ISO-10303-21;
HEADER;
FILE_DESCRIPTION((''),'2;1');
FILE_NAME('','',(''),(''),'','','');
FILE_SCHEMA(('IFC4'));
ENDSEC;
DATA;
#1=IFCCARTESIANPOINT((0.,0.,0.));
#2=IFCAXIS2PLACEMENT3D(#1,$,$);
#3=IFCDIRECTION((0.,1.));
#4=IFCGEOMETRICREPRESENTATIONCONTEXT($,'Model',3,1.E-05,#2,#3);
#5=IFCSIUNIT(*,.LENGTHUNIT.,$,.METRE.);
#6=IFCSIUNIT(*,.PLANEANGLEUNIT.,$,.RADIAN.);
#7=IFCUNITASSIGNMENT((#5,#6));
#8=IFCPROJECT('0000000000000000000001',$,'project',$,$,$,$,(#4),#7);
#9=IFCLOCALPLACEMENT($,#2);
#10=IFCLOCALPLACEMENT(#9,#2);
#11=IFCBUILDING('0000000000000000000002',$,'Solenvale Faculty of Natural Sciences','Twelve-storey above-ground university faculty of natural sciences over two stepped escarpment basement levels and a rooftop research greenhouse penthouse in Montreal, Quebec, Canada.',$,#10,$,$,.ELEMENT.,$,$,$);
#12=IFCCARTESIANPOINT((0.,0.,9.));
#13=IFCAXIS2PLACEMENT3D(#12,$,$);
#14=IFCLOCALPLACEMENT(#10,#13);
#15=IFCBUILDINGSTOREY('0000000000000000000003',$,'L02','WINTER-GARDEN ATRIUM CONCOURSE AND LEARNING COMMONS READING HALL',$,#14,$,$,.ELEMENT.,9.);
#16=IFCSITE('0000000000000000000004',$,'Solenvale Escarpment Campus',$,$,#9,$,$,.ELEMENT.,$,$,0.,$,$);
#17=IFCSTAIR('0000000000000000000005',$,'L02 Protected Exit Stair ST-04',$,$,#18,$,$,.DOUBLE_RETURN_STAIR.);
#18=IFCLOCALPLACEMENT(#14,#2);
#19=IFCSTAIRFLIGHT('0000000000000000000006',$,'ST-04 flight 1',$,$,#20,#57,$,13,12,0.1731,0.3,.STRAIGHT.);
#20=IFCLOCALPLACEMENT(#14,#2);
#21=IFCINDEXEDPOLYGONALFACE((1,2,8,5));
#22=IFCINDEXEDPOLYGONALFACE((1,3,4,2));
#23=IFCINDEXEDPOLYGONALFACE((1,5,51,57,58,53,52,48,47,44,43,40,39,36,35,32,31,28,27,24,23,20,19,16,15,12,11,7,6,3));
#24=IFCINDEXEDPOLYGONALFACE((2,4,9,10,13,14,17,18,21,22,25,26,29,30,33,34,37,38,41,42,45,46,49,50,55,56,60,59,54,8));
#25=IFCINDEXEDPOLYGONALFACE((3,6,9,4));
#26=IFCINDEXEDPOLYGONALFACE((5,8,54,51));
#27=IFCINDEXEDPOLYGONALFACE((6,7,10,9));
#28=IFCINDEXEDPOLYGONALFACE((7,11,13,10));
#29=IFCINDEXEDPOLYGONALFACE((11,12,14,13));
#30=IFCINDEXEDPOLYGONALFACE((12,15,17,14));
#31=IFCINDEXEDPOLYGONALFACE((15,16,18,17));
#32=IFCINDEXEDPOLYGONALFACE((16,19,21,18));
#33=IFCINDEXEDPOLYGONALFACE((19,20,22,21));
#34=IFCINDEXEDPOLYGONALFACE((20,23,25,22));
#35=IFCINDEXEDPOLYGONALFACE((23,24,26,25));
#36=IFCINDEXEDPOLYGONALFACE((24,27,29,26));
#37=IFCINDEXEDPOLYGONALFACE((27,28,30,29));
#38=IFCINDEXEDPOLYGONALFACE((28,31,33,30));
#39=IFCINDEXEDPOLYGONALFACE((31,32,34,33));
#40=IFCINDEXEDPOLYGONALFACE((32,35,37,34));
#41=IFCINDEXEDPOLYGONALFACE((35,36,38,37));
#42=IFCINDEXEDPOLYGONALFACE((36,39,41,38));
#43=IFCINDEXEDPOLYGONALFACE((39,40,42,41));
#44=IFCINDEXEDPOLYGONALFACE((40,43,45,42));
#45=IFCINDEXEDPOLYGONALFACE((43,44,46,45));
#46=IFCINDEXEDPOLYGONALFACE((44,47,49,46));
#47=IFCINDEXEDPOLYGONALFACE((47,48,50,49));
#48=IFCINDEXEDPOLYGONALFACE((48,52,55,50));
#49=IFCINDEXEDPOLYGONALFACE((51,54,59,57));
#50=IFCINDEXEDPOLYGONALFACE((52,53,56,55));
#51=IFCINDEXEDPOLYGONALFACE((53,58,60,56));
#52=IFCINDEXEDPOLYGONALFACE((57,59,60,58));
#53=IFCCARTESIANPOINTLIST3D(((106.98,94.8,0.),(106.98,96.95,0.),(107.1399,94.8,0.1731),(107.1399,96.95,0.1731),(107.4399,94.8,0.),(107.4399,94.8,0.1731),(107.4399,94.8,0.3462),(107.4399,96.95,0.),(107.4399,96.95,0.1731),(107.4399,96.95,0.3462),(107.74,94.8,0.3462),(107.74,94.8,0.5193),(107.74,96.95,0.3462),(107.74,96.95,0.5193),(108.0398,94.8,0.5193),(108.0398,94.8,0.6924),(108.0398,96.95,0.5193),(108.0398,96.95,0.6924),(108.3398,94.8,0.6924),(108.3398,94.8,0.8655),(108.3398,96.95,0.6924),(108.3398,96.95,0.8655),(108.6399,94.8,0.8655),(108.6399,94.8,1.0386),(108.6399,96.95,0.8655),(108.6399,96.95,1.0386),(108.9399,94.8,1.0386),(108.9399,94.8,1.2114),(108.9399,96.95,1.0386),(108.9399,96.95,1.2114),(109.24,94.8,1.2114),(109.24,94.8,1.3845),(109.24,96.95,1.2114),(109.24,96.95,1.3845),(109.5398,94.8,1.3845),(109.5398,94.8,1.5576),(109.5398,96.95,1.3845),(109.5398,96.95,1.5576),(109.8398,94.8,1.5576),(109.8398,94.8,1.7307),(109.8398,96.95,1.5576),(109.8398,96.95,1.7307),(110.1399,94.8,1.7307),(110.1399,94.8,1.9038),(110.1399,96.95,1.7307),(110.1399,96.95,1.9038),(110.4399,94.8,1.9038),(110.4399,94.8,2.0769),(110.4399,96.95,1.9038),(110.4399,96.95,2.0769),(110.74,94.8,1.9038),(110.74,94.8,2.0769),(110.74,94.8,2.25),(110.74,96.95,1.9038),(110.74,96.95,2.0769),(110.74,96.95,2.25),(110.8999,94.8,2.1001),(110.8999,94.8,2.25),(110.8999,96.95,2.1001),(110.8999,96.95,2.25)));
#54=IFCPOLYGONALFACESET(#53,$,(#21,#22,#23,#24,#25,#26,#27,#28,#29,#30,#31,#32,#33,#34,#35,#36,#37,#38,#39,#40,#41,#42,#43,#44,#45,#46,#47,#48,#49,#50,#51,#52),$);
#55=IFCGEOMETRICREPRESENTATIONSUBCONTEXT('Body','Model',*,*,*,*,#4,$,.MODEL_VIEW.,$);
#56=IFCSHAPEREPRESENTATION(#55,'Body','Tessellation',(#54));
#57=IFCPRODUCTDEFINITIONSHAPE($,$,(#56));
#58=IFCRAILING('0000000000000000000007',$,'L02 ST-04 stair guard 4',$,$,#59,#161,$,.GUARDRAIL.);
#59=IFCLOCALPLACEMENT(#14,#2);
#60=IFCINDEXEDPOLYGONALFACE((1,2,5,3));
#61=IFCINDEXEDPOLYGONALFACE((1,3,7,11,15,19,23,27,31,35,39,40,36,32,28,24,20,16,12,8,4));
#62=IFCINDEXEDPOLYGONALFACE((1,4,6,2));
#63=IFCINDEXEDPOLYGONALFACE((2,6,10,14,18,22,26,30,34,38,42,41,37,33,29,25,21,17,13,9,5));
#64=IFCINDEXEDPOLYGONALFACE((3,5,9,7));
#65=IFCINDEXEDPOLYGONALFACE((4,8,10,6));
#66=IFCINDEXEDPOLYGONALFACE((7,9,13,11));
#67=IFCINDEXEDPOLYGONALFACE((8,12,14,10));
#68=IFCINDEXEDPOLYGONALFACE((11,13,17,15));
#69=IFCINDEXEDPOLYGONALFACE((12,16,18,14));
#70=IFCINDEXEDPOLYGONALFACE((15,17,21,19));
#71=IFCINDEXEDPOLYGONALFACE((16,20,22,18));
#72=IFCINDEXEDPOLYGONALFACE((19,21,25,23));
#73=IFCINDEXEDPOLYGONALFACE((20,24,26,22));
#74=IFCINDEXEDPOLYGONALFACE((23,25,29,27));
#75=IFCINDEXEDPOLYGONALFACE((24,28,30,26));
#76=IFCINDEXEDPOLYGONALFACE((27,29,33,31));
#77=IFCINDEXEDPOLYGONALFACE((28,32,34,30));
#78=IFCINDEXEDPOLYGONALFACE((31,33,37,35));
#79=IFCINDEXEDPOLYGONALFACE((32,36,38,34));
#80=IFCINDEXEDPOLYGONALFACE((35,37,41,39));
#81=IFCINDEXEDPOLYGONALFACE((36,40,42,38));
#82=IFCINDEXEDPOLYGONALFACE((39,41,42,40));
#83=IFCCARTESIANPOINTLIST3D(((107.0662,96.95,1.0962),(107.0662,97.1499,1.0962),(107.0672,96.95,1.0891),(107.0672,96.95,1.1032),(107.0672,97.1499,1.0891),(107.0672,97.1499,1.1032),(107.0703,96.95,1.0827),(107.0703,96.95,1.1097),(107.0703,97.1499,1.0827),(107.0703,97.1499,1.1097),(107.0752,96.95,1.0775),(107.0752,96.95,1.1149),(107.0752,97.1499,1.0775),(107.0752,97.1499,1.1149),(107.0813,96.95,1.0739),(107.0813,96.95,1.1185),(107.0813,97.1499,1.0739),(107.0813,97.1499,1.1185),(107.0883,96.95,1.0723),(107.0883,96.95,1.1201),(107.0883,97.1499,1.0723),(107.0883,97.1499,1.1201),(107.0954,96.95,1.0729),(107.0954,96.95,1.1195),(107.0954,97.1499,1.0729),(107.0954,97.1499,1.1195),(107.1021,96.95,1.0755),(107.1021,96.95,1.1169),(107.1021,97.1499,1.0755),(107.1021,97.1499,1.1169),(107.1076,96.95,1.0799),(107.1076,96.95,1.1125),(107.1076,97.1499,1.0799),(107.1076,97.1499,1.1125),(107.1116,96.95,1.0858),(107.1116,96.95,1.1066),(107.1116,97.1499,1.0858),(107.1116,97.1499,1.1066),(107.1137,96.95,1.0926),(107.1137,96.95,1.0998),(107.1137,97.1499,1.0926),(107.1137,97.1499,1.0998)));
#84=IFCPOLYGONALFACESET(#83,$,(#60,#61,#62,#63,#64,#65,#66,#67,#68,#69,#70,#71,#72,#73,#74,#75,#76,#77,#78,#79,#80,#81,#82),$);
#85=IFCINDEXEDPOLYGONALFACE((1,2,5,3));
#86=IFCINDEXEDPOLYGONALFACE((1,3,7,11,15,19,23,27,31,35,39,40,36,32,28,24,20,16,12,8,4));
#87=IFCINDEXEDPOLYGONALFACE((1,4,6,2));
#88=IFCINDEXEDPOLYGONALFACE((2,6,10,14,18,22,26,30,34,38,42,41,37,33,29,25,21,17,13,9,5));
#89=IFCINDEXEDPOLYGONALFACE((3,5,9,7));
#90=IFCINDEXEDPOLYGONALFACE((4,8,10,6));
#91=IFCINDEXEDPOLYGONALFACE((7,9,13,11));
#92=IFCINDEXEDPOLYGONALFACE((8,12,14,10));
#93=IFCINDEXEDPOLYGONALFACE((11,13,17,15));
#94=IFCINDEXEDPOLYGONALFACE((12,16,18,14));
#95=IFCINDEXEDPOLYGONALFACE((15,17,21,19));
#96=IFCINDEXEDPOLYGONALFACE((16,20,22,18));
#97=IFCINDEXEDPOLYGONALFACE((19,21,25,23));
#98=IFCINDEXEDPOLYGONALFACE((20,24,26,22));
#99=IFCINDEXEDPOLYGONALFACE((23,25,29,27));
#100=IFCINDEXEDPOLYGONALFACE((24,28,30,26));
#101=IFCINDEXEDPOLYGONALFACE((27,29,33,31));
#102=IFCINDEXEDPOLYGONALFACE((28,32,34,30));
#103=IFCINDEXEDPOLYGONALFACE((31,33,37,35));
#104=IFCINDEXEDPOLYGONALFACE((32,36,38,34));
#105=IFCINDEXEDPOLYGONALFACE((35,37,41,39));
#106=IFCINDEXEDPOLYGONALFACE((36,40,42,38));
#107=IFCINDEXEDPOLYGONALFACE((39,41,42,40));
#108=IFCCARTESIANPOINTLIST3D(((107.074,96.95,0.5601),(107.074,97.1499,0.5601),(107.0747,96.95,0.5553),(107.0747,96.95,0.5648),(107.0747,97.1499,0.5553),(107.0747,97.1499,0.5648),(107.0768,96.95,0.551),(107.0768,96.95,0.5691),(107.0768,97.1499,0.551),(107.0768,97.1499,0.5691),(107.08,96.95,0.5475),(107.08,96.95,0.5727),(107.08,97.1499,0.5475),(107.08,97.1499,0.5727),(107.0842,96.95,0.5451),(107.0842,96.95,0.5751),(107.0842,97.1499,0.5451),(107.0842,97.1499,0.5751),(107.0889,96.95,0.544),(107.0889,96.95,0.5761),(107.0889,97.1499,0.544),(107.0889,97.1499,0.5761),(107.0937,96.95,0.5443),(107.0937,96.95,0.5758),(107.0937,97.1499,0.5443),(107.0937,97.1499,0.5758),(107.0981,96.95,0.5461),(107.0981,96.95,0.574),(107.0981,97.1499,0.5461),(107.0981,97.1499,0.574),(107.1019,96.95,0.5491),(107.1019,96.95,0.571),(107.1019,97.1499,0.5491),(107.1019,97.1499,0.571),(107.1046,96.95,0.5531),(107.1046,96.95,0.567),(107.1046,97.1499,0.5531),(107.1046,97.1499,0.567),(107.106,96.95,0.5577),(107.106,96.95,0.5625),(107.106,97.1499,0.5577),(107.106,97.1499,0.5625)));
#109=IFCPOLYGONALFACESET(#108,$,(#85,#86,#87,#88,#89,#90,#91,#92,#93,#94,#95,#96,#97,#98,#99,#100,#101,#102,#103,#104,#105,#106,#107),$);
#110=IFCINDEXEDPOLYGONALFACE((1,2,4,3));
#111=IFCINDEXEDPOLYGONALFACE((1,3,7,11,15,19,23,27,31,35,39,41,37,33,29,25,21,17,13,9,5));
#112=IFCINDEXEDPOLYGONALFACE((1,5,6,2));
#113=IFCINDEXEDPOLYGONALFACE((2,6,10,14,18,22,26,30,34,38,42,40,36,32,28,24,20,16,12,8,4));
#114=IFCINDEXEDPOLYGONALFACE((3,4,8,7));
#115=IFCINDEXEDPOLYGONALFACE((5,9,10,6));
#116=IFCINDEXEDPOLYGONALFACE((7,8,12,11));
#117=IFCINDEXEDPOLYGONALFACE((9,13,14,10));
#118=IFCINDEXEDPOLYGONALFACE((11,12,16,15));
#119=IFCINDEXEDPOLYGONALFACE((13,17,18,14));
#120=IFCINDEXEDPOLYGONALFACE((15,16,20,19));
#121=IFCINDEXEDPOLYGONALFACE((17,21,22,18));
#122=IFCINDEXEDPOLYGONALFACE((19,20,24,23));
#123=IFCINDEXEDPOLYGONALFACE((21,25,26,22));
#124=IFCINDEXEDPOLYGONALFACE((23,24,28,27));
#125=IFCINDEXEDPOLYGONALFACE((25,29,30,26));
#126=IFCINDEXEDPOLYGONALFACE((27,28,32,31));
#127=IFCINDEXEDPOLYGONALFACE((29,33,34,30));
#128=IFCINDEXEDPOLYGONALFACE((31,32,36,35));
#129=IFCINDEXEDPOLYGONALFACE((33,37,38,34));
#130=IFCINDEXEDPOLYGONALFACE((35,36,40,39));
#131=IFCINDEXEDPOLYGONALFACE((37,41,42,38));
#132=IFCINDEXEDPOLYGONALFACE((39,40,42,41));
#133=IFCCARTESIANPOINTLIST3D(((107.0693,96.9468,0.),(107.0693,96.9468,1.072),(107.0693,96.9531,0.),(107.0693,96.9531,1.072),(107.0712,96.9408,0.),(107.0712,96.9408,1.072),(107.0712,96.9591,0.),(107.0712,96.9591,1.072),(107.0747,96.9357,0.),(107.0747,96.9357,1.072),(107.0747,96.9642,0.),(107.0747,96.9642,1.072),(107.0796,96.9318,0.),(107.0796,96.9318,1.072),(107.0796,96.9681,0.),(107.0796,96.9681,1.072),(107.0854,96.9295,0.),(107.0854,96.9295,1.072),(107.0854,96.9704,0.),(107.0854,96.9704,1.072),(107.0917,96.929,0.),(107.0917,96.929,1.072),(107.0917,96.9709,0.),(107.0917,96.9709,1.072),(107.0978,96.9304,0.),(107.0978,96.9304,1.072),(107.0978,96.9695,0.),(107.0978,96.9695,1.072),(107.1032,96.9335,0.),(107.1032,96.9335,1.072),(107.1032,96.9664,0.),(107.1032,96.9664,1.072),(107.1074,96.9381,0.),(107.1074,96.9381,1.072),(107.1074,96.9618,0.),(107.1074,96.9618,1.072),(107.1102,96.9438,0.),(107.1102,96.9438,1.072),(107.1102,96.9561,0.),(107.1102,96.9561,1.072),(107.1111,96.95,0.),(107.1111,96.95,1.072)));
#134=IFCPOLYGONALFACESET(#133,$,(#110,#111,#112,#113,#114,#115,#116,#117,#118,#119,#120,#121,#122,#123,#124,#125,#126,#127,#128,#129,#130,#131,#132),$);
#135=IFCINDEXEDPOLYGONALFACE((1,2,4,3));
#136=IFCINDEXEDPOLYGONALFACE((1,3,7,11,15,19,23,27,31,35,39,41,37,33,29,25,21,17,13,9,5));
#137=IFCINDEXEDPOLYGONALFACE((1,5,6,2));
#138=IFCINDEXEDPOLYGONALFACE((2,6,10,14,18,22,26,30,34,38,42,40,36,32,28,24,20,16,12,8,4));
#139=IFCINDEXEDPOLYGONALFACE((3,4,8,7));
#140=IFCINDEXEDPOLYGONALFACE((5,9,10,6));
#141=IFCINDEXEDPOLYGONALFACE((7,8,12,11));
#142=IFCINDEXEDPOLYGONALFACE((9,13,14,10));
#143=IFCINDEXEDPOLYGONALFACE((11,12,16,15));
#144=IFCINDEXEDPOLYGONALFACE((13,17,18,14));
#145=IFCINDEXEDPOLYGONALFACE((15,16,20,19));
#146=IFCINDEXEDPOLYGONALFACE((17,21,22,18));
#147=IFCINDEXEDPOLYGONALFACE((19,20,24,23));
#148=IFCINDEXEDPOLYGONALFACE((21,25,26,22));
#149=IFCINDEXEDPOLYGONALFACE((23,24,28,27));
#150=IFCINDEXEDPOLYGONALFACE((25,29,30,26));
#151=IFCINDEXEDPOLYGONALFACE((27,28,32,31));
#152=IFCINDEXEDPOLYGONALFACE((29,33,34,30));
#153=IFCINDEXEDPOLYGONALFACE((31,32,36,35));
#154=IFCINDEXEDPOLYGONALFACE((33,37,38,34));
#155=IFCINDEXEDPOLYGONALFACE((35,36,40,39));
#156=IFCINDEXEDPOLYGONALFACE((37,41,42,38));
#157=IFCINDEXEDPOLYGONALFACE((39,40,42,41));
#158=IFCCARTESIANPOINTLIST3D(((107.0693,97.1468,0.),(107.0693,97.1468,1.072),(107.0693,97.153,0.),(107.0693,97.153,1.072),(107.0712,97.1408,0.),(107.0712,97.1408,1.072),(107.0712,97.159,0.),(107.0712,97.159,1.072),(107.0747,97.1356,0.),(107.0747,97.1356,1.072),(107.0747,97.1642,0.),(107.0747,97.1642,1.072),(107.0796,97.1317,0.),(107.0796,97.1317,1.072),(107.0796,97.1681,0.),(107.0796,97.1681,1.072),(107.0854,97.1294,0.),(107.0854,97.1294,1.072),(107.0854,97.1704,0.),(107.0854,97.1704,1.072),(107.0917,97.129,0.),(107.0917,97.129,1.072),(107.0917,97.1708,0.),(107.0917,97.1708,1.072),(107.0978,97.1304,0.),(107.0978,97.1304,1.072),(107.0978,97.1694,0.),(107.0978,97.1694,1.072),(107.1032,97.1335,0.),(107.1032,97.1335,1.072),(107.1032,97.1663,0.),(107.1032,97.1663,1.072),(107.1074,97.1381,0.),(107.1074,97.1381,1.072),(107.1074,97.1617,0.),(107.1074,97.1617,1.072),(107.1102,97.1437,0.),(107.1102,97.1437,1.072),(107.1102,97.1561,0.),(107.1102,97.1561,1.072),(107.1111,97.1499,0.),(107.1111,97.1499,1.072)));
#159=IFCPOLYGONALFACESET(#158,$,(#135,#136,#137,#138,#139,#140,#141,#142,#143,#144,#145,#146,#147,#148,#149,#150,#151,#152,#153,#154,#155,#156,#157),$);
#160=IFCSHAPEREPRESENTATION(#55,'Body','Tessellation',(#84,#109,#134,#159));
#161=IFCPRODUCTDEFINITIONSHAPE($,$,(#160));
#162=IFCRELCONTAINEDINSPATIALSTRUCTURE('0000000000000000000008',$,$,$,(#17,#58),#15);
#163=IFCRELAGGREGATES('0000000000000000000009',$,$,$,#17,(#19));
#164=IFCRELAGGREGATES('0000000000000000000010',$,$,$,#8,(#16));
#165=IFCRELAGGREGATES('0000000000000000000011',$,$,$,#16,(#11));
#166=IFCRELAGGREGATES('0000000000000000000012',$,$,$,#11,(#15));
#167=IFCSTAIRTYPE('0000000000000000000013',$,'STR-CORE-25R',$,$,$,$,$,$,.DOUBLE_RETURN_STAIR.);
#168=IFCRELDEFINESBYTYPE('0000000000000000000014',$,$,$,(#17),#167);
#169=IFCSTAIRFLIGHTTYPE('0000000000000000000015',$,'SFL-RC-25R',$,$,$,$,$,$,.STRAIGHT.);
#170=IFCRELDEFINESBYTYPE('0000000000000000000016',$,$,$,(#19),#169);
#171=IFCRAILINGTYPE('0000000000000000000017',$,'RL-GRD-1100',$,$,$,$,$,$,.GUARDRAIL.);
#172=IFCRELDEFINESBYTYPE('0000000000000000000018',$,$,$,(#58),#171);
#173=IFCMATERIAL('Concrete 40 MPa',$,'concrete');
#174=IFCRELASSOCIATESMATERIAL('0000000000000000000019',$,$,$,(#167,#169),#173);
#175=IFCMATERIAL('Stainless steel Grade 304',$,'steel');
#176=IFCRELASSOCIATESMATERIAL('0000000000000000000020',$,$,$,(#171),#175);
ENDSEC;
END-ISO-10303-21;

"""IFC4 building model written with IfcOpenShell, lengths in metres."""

from ifc_helpers import new_model, si_unit, direction, frame, origin, origin_2d, place, context, subcontext, project, spatial, polyline, circle, outline, extrude, material, type_object, element, aggregate, save


model = new_model("IFC4")

# Units and contexts
model_context = context("Model", 3, precision=1e-05, world=origin(), true_north=direction((0.0, 1.0)))
body_context = subcontext(model_context, "Body", "Model", "MODEL_VIEW")
ifc_project = project(units=[si_unit("LENGTHUNIT", "METRE"), si_unit("PLANEANGLEUNIT", "RADIAN")], contexts=[model_context])

# Site, building, storey
site_placement = place(None, origin())
site = spatial("IfcSite", under=ifc_project, at=site_placement, Name="Solenvale Escarpment Campus", CompositionType="ELEMENT", RefElevation=0.0)
building_placement = place(site_placement, origin())
building = spatial("IfcBuilding", under=site, at=building_placement, Name="Solenvale Faculty of Natural Sciences", Description="Twelve-storey above-ground university faculty of natural sciences over two stepped escarpment basement levels and a rooftop research greenhouse penthouse in Montreal, Quebec, Canada.", CompositionType="ELEMENT")
storey_placement = place(building_placement, frame((0.0, 0.0, 9.0)))
storey = spatial("IfcBuildingStorey", under=building, at=storey_placement, Name="L02", Description="WINTER-GARDEN ATRIUM CONCOURSE AND LEARNING COMMONS READING HALL", CompositionType="ELEMENT", Elevation=9.0)

# Shared definitions
ifc_material_1 = material(Name="Concrete 40 MPa", Category="concrete")

# Stair, stair flight
stair_type = type_object("IfcStairType", Name="STR-CORE-25R", PredefinedType="DOUBLE_RETURN_STAIR", material=ifc_material_1)
stair_placement = place(storey_placement, origin())
stair = element("IfcStair", 1, at=stair_placement, inside=storey, type_object=stair_type, Name="L02 Protected Exit Stair ST-04", PredefinedType="DOUBLE_RETURN_STAIR")
stair_flight_type = type_object("IfcStairFlightType", Name="SFL-RC-25R", PredefinedType="STRAIGHT", material=ifc_material_1)
stair_flight_placement = place(storey_placement, frame((107.1399, 95.875, 0.0), z_axis=(0.0, 0.0, 1.0), x_axis=(1.0, 0.0, 0.0)))
stair_flight = element("IfcStairFlight", 2, at=stair_flight_placement, type_object=stair_flight_type, Name="ST-04 flight 1", NumberOfRisers=13, NumberOfTreads=12, PredefinedType="STRAIGHT", RiserHeight=0.1731, TreadLength=0.3, context=body_context, shape_type="SweptSolid", body=[
    extrude(outline(polyline([(-0.1599, 0.0), (0.0, 0.1731), (0.3, 0.1731), (0.3, 0.3462), (0.6001, 0.3462), (0.6001, 0.5193), (0.8999, 0.5193), (0.8999, 0.6924), (1.2, 0.6924), (1.2, 0.8655), (1.5, 0.8655), (1.5, 1.0386), (1.8, 1.0386), (1.8, 1.2114), (2.1001, 1.2114), (2.1001, 1.3845), (2.3999, 1.3845), (2.3999, 1.5576), (2.7, 1.5576), (2.7, 1.7307), (3.0, 1.7307), (3.0, 1.9038), (3.3, 1.9038), (3.3, 2.0769), (3.6001, 2.0769), (3.6001, 2.25), (3.76, 2.25), (3.76, 2.1001), (3.6001, 1.9038), (0.3, 0.0), (-0.1599, 0.0)])), frame((0.0, 1.075, 0.0), z_axis=(0.0, -1.0, 0.0), x_axis=(1.0, 0.0, 0.0)), (0.0, 0.0, 1.0), 2.1499),
])
aggregate(stair, [stair_flight])

# Railing
ifc_material_2 = material(Name="Stainless steel Grade 304", Category="steel")
railing_type_1 = type_object("IfcRailingType", Name="RL-GRD-1100", PredefinedType="GUARDRAIL", material=ifc_material_2)
railing_1_placement = place(storey_placement, frame((107.0901, 96.95, 0.0)))
element("IfcRailing", 3, at=railing_1_placement, inside=storey, type_object=railing_type_1, Name="L02 ST-04 stair guard 4", PredefinedType="GUARDRAIL", context=body_context, shape_type="SweptSolid", body=[
    extrude(circle(Radius=0.0239, at=origin_2d()), frame((0.0, 0.0, 1.0962), z_axis=(0.0, 1.0, 0.0), x_axis=(-1.0, 0.0, 0.0)), (0.0, 0.0, 1.0), 0.2),
    extrude(circle(Radius=0.0161, at=origin_2d()), frame((0.0, 0.0, 0.5601), z_axis=(0.0, 1.0, 0.0), x_axis=(-1.0, 0.0, 0.0)), (0.0, 0.0, 1.0), 0.2),
    extrude(circle(Radius=0.021, at=origin_2d()), origin(), (0.0, 0.0, 1.0), 1.072),
    extrude(circle(Radius=0.021, at=origin_2d()), frame((0.0, 0.2, 0.0)), (0.0, 0.0, 1.0), 1.072),
])

save(model, "model.ifc")
